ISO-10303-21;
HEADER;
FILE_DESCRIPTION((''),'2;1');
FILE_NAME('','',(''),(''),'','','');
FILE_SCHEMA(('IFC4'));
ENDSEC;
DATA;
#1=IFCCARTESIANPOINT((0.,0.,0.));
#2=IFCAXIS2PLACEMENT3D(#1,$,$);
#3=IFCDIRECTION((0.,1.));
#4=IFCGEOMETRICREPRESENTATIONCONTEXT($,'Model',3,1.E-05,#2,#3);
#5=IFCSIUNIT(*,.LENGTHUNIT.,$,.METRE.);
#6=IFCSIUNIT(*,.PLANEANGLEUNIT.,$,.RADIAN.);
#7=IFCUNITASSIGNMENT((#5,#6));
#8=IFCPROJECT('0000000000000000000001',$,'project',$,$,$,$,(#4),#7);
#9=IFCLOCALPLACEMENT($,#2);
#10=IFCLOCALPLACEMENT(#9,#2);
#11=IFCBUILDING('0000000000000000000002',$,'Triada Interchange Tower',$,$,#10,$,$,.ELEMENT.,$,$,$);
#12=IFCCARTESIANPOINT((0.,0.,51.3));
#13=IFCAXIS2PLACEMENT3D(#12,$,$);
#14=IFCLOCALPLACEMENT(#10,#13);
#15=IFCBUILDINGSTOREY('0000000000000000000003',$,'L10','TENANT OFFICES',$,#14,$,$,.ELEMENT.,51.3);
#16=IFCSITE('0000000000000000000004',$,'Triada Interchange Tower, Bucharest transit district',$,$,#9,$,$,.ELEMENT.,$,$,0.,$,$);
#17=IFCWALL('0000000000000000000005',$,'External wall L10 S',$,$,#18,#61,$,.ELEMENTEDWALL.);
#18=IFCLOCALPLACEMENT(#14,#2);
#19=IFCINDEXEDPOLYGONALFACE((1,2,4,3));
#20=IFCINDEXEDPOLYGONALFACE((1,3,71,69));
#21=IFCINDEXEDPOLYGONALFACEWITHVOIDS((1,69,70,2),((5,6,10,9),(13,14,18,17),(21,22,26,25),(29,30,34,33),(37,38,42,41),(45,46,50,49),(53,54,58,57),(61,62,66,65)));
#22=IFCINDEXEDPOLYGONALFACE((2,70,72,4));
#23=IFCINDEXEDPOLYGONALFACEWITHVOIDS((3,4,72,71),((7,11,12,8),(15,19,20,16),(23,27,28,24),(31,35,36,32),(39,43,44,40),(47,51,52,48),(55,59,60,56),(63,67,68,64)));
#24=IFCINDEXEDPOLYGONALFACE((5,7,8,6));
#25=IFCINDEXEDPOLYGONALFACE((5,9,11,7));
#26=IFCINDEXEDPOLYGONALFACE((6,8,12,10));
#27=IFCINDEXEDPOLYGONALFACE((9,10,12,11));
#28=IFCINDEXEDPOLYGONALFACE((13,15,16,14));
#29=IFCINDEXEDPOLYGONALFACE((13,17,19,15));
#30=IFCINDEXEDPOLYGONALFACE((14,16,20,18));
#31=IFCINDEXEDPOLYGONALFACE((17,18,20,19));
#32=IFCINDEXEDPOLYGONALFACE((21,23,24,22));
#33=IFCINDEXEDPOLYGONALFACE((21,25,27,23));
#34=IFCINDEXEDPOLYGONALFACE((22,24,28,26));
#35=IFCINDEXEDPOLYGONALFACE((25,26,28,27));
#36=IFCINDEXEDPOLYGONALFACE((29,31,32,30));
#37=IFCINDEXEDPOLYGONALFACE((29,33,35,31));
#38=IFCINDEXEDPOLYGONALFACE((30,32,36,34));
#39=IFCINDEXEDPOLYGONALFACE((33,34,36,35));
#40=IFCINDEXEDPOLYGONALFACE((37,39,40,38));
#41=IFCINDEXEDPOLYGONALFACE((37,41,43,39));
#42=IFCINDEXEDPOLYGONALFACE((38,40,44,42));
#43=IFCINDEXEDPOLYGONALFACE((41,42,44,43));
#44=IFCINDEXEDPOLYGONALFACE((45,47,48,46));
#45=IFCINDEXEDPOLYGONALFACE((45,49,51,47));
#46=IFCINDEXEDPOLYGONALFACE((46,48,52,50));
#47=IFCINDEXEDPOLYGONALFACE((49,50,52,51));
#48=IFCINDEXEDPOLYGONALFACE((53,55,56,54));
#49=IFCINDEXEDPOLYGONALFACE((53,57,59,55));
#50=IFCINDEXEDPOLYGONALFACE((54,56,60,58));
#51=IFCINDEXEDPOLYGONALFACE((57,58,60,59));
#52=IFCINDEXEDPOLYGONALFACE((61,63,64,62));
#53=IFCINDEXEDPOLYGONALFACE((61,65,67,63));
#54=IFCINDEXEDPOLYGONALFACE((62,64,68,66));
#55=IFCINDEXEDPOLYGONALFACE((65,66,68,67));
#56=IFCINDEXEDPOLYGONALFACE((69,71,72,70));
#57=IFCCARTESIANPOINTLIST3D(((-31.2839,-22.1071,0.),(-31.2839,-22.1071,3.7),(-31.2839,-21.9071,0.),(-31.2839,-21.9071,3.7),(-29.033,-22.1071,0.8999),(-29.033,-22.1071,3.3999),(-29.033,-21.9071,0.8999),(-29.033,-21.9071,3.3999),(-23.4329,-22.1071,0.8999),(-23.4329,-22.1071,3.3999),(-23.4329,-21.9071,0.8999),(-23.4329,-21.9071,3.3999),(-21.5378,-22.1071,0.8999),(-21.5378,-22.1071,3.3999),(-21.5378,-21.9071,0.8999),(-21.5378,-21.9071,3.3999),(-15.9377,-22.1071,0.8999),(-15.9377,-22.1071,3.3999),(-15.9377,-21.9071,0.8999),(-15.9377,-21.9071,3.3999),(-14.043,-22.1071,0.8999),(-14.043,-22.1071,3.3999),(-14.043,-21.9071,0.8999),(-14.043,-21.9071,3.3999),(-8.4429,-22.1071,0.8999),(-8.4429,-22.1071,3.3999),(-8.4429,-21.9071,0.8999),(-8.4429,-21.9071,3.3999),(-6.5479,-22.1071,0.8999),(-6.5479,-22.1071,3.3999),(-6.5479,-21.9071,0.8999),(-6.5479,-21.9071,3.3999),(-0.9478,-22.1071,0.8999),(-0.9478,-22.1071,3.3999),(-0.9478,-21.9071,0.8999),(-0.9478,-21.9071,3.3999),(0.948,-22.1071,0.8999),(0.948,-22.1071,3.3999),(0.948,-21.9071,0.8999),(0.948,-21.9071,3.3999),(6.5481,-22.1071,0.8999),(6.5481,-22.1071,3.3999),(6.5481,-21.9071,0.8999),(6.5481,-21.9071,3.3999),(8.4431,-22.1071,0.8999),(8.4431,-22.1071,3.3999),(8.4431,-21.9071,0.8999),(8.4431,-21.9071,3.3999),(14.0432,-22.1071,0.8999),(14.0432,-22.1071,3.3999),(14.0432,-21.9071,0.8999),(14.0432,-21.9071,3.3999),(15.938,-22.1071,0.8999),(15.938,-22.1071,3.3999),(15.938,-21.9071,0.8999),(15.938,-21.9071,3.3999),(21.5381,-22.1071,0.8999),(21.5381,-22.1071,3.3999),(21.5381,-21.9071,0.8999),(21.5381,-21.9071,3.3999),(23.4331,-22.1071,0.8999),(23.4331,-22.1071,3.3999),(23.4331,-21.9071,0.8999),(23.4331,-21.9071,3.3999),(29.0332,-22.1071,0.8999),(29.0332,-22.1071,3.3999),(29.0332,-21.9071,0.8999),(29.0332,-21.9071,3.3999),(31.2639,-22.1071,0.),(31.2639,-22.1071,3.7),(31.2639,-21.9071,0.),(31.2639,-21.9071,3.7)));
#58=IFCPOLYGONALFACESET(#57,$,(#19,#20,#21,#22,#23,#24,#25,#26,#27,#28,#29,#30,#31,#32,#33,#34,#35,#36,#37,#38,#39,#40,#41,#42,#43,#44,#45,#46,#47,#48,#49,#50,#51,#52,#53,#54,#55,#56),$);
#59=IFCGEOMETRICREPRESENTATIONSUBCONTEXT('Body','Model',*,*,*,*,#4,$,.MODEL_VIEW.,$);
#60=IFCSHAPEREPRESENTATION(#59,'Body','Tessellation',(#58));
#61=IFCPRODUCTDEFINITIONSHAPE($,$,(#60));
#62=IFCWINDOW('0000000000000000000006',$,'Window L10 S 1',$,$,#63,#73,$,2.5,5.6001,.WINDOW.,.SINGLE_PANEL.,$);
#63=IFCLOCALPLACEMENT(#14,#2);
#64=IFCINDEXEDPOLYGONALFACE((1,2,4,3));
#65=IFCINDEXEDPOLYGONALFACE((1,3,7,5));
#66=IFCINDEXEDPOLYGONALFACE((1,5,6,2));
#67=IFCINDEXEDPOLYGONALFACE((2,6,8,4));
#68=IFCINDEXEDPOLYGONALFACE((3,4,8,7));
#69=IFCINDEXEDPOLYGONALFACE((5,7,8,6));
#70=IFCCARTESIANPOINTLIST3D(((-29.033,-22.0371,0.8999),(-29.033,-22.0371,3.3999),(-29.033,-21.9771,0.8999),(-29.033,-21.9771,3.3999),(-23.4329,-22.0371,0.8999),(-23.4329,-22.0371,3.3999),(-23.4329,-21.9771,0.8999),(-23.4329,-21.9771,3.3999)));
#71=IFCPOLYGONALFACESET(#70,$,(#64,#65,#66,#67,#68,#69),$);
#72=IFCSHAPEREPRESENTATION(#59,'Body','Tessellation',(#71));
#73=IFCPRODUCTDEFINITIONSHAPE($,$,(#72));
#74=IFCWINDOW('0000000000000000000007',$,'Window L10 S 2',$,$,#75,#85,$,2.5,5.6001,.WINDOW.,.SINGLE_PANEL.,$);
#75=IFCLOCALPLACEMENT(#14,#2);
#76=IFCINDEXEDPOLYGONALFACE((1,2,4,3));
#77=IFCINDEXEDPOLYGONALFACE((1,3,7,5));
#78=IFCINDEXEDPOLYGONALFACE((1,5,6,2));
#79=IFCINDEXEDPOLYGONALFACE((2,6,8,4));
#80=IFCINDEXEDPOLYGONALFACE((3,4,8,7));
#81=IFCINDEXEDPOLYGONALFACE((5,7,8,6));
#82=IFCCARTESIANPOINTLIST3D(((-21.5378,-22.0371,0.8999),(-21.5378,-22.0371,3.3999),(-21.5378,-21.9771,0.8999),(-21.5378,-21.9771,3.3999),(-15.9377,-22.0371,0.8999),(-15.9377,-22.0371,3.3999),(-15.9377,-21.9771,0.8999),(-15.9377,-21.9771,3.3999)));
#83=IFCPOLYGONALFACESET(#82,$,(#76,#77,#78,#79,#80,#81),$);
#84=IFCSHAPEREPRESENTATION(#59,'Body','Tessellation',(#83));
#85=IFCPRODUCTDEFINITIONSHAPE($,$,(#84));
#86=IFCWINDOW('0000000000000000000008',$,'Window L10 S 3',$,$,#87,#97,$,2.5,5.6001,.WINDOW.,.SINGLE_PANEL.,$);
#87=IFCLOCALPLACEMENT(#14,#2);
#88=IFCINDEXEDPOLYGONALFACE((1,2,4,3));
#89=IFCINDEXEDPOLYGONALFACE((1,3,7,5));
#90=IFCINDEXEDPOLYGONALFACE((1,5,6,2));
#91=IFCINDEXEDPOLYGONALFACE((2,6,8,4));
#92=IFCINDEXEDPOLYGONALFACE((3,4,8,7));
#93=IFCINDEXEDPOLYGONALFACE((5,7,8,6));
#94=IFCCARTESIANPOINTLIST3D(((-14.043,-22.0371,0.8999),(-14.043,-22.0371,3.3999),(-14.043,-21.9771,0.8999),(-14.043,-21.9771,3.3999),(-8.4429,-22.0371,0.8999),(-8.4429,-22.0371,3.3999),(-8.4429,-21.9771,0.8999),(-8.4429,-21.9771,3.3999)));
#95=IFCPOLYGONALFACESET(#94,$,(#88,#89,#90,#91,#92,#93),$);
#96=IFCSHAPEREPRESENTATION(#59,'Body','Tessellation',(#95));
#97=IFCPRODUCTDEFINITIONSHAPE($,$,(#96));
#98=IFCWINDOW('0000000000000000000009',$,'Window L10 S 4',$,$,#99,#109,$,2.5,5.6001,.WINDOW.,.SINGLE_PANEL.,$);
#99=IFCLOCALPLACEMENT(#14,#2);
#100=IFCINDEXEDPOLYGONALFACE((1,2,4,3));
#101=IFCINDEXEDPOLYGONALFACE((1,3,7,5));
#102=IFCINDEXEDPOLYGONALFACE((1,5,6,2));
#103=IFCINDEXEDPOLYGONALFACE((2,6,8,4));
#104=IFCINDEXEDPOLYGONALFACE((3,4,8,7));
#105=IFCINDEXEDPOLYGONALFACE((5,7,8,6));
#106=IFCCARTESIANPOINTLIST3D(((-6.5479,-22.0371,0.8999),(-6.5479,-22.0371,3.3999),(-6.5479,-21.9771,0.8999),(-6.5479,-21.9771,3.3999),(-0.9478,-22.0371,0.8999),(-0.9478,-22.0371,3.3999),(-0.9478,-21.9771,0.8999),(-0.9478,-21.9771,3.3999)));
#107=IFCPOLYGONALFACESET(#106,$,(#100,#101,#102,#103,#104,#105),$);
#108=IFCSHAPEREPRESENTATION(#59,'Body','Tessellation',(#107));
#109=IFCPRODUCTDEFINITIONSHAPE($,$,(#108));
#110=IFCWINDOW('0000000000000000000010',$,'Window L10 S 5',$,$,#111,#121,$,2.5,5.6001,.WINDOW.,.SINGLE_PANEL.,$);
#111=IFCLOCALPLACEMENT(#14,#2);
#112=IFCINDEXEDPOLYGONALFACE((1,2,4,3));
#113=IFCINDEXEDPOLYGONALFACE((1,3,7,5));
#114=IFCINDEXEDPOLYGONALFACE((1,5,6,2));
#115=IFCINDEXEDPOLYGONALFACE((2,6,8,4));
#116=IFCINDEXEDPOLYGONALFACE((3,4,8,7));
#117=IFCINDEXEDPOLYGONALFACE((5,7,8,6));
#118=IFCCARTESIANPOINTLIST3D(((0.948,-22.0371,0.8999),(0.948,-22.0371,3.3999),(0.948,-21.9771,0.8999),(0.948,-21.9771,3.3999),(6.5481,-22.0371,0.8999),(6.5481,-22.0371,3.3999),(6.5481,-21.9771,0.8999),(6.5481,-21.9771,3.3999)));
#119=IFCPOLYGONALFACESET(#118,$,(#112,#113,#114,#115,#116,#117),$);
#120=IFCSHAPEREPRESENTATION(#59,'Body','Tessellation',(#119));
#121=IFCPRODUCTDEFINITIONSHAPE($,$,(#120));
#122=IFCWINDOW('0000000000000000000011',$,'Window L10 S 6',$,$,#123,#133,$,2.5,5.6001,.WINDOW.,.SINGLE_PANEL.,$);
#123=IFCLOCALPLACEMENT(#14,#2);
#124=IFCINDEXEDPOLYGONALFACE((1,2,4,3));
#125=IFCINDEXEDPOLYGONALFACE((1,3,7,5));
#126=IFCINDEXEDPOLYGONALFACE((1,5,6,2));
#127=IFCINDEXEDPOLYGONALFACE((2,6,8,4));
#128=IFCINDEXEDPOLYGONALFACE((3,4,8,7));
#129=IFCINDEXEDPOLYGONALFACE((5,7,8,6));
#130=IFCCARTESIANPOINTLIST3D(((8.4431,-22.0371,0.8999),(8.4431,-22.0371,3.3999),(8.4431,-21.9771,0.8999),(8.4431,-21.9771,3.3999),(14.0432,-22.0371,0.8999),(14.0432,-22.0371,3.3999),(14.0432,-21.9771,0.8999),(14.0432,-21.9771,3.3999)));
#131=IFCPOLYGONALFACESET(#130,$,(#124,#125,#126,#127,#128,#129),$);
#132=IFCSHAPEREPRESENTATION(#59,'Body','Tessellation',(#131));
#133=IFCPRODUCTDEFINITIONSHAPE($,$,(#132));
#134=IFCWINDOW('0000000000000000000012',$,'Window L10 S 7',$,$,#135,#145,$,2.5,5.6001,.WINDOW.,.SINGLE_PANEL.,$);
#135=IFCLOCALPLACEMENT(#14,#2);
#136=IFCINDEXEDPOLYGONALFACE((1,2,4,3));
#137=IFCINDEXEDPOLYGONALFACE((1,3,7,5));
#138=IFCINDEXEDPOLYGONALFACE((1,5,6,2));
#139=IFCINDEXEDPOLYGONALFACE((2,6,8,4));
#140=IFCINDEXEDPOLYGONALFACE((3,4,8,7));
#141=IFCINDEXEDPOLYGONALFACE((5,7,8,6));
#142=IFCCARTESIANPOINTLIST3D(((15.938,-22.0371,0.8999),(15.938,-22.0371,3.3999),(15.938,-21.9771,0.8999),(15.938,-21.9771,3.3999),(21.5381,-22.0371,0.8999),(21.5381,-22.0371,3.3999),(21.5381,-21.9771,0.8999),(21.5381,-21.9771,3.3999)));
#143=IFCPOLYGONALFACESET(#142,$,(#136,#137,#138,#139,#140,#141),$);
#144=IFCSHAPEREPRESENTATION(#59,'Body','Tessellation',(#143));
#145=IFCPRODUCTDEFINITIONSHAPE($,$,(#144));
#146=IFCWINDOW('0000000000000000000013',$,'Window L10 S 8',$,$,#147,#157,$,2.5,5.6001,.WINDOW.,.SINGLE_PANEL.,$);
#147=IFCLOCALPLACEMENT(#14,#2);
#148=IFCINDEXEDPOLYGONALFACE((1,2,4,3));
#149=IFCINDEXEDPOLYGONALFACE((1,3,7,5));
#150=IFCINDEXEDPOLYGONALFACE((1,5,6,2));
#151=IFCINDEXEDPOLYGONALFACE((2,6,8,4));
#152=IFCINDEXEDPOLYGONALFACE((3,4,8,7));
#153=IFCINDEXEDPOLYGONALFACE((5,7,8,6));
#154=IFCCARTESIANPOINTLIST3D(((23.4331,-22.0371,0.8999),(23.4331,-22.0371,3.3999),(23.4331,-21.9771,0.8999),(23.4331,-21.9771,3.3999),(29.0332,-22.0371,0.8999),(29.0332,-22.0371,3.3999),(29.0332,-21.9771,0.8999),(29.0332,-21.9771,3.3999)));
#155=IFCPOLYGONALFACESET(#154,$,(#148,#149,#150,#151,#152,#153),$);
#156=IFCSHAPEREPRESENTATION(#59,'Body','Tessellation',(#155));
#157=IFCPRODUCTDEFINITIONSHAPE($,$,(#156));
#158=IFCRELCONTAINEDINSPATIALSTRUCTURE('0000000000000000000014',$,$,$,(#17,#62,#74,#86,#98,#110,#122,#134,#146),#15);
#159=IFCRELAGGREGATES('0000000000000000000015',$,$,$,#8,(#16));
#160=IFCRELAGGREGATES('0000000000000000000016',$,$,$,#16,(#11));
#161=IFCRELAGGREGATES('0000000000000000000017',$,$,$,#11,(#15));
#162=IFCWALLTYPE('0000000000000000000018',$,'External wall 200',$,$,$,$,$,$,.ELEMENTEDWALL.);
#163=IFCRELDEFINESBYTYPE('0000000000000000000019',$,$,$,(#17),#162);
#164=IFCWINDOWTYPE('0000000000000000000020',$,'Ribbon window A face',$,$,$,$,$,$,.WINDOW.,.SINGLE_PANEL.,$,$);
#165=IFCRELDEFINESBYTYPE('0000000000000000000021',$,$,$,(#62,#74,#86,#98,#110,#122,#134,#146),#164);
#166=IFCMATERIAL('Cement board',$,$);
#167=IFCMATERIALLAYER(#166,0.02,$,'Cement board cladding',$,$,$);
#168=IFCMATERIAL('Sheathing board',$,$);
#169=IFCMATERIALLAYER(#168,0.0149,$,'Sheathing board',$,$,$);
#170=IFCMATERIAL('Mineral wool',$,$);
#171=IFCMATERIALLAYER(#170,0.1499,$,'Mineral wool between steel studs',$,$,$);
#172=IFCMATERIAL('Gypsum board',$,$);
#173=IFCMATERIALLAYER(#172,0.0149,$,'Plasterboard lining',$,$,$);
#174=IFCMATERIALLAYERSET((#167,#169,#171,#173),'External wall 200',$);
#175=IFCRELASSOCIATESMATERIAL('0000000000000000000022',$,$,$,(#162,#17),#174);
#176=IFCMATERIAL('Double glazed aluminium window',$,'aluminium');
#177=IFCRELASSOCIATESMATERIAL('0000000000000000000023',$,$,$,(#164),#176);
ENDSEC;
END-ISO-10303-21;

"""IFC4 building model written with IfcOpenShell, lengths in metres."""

from ifc_helpers import new_model, si_unit, direction, frame, frame_2d, origin, place, context, subcontext, project, spatial, rectangle, extrude, material, layer, layer_set, layer_usage, type_object, element, fill, save


model = new_model("IFC4")

# Units and contexts
model_context = context("Model", 3, precision=1e-05, world=origin(), true_north=direction((0.0, 1.0)))
body_context = subcontext(model_context, "Body", "Model", "MODEL_VIEW")
ifc_project = project(units=[si_unit("LENGTHUNIT", "METRE"), si_unit("PLANEANGLEUNIT", "RADIAN")], contexts=[model_context])

# Site, building, storey
site_placement = place(None, origin())
site = spatial("IfcSite", under=ifc_project, at=site_placement, Name="Triada Interchange Tower, Bucharest transit district", CompositionType="ELEMENT", RefElevation=0.0)
building_placement = place(site_placement, origin())
building = spatial("IfcBuilding", under=site, at=building_placement, Name="Triada Interchange Tower", CompositionType="ELEMENT")
storey_placement = place(building_placement, frame((0.0, 0.0, 51.3)))
storey = spatial("IfcBuildingStorey", under=building, at=storey_placement, Name="L10", Description="TENANT OFFICES", CompositionType="ELEMENT", Elevation=51.3)

# Shared definitions
ifc_material_1 = material(Name="Cement board")
ifc_layer_1 = layer(ifc_material_1, 0.02, Name="Cement board cladding")
ifc_material_2 = material(Name="Sheathing board")
ifc_layer_2 = layer(ifc_material_2, 0.0149, Name="Sheathing board")
ifc_material_3 = material(Name="Mineral wool")
ifc_layer_3 = layer(ifc_material_3, 0.1499, Name="Mineral wool between steel studs")
ifc_material_4 = material(Name="Gypsum board")
ifc_layer_4 = layer(ifc_material_4, 0.0149, Name="Plasterboard lining")
ifc_layer_set_1 = layer_set([ifc_layer_1, ifc_layer_2, ifc_layer_3, ifc_layer_4], Name="External wall 200")
ifc_layer_usage = layer_usage(ifc_layer_set_1, "AXIS2", "POSITIVE", -0.1001)
wall_type_1 = type_object("IfcWallType", Name="External wall 200", PredefinedType="ELEMENTEDWALL", material=ifc_layer_set_1)
ifc_material_5 = material(Name="Double glazed aluminium window", Category="aluminium")

# Wall, openings, windows
wall_1_placement = place(storey_placement, frame((-31.2839, -22.0071, 0.0), z_axis=(0.0, 0.0, 1.0), x_axis=(1.0, 0.0, 0.0)))
wall_1 = element("IfcWall", 1, at=wall_1_placement, inside=storey, type_object=wall_type_1, material=ifc_layer_usage, Name="External wall L10 S", PredefinedType="ELEMENTEDWALL", context=body_context, shape_type="SweptSolid", body=[
    extrude(rectangle(XDim=62.5479, YDim=0.2, at=frame_2d((31.2739, 0.0))), origin(), (0.0, 0.0, 1.0), 3.7),
])
opening_1_placement = place(wall_1_placement, frame((2.251, 0.0, 0.8999)))
opening_1 = element("IfcOpeningElement", 2, at=opening_1_placement, cuts=wall_1, PredefinedType="OPENING", context=body_context, shape_type="SweptSolid", body=[
    extrude(rectangle(XDim=5.6001, YDim=2.5, at=frame_2d((2.8, 1.25))), frame((0.0, 0.1099, 0.0), z_axis=(0.0, -1.0, 0.0), x_axis=(1.0, 0.0, 0.0)), (0.0, 0.0, 1.0), 0.22),
])
opening_2_placement = place(wall_1_placement, frame((9.7461, 0.0, 0.8999)))
opening_2 = element("IfcOpeningElement", 3, at=opening_2_placement, cuts=wall_1, PredefinedType="OPENING", context=body_context, shape_type="SweptSolid", body=[
    extrude(rectangle(XDim=5.6001, YDim=2.5, at=frame_2d((2.8, 1.25))), frame((0.0, 0.1099, 0.0), z_axis=(0.0, -1.0, 0.0), x_axis=(1.0, 0.0, 0.0)), (0.0, 0.0, 1.0), 0.22),
])
opening_3_placement = place(wall_1_placement, frame((17.241, 0.0, 0.8999)))
opening_3 = element("IfcOpeningElement", 4, at=opening_3_placement, cuts=wall_1, PredefinedType="OPENING", context=body_context, shape_type="SweptSolid", body=[
    extrude(rectangle(XDim=5.6001, YDim=2.5, at=frame_2d((2.8, 1.25))), frame((0.0, 0.1099, 0.0), z_axis=(0.0, -1.0, 0.0), x_axis=(1.0, 0.0, 0.0)), (0.0, 0.0, 1.0), 0.22),
])
opening_4_placement = place(wall_1_placement, frame((24.7361, 0.0, 0.8999)))
opening_4 = element("IfcOpeningElement", 5, at=opening_4_placement, cuts=wall_1, PredefinedType="OPENING", context=body_context, shape_type="SweptSolid", body=[
    extrude(rectangle(XDim=5.6001, YDim=2.5, at=frame_2d((2.8, 1.25))), frame((0.0, 0.1099, 0.0), z_axis=(0.0, -1.0, 0.0), x_axis=(1.0, 0.0, 0.0)), (0.0, 0.0, 1.0), 0.22),
])
opening_5_placement = place(wall_1_placement, frame((32.2319, 0.0, 0.8999)))
opening_5 = element("IfcOpeningElement", 6, at=opening_5_placement, cuts=wall_1, PredefinedType="OPENING", context=body_context, shape_type="SweptSolid", body=[
    extrude(rectangle(XDim=5.6001, YDim=2.5, at=frame_2d((2.8, 1.25))), frame((0.0, 0.1099, 0.0), z_axis=(0.0, -1.0, 0.0), x_axis=(1.0, 0.0, 0.0)), (0.0, 0.0, 1.0), 0.22),
])
opening_6_placement = place(wall_1_placement, frame((39.7271, 0.0, 0.8999)))
opening_6 = element("IfcOpeningElement", 7, at=opening_6_placement, cuts=wall_1, PredefinedType="OPENING", context=body_context, shape_type="SweptSolid", body=[
    extrude(rectangle(XDim=5.6001, YDim=2.5, at=frame_2d((2.8, 1.25))), frame((0.0, 0.1099, 0.0), z_axis=(0.0, -1.0, 0.0), x_axis=(1.0, 0.0, 0.0)), (0.0, 0.0, 1.0), 0.22),
])
opening_7_placement = place(wall_1_placement, frame((47.2219, 0.0, 0.8999)))
opening_7 = element("IfcOpeningElement", 8, at=opening_7_placement, cuts=wall_1, PredefinedType="OPENING", context=body_context, shape_type="SweptSolid", body=[
    extrude(rectangle(XDim=5.6001, YDim=2.5, at=frame_2d((2.8, 1.25))), frame((0.0, 0.1099, 0.0), z_axis=(0.0, -1.0, 0.0), x_axis=(1.0, 0.0, 0.0)), (0.0, 0.0, 1.0), 0.22),
])
opening_8_placement = place(wall_1_placement, frame((54.717, 0.0, 0.8999)))
opening_8 = element("IfcOpeningElement", 9, at=opening_8_placement, cuts=wall_1, PredefinedType="OPENING", context=body_context, shape_type="SweptSolid", body=[
    extrude(rectangle(XDim=5.6001, YDim=2.5, at=frame_2d((2.8, 1.25))), frame((0.0, 0.1099, 0.0), z_axis=(0.0, -1.0, 0.0), x_axis=(1.0, 0.0, 0.0)), (0.0, 0.0, 1.0), 0.22),
])
window_type_1 = type_object("IfcWindowType", Name="Ribbon window A face", PartitioningType="SINGLE_PANEL", PredefinedType="WINDOW", material=ifc_material_5)
window_1_placement = place(opening_1_placement, origin())
window_1 = element("IfcWindow", 10, at=window_1_placement, inside=storey, type_object=window_type_1, Name="Window L10 S 1", OverallHeight=2.5, OverallWidth=5.6001, PartitioningType="SINGLE_PANEL", PredefinedType="WINDOW", context=body_context, shape_type="SweptSolid", body=[
    extrude(rectangle(XDim=5.6001, YDim=2.5, at=frame_2d((2.8, 1.25))), frame((0.0, 0.03, 0.0), z_axis=(0.0, -1.0, 0.0), x_axis=(1.0, 0.0, 0.0)), (0.0, 0.0, 1.0), 0.0601),
])
fill(opening_1, window_1)
window_2_placement = place(opening_2_placement, origin())
window_2 = element("IfcWindow", 11, at=window_2_placement, inside=storey, type_object=window_type_1, Name="Window L10 S 2", OverallHeight=2.5, OverallWidth=5.6001, PartitioningType="SINGLE_PANEL", PredefinedType="WINDOW", context=body_context, shape_type="SweptSolid", body=[
    extrude(rectangle(XDim=5.6001, YDim=2.5, at=frame_2d((2.8, 1.25))), frame((0.0, 0.03, 0.0), z_axis=(0.0, -1.0, 0.0), x_axis=(1.0, 0.0, 0.0)), (0.0, 0.0, 1.0), 0.0601),
])
fill(opening_2, window_2)
window_3_placement = place(opening_3_placement, origin())
window_3 = element("IfcWindow", 12, at=window_3_placement, inside=storey, type_object=window_type_1, Name="Window L10 S 3", OverallHeight=2.5, OverallWidth=5.6001, PartitioningType="SINGLE_PANEL", PredefinedType="WINDOW", context=body_context, shape_type="SweptSolid", body=[
    extrude(rectangle(XDim=5.6001, YDim=2.5, at=frame_2d((2.8, 1.25))), frame((0.0, 0.03, 0.0), z_axis=(0.0, -1.0, 0.0), x_axis=(1.0, 0.0, 0.0)), (0.0, 0.0, 1.0), 0.0601),
])
fill(opening_3, window_3)
window_4_placement = place(opening_4_placement, origin())
window_4 = element("IfcWindow", 13, at=window_4_placement, inside=storey, type_object=window_type_1, Name="Window L10 S 4", OverallHeight=2.5, OverallWidth=5.6001, PartitioningType="SINGLE_PANEL", PredefinedType="WINDOW", context=body_context, shape_type="SweptSolid", body=[
    extrude(rectangle(XDim=5.6001, YDim=2.5, at=frame_2d((2.8, 1.25))), frame((0.0, 0.03, 0.0), z_axis=(0.0, -1.0, 0.0), x_axis=(1.0, 0.0, 0.0)), (0.0, 0.0, 1.0), 0.0601),
])
fill(opening_4, window_4)
window_5_placement = place(opening_5_placement, origin())
window_5 = element("IfcWindow", 14, at=window_5_placement, inside=storey, type_object=window_type_1, Name="Window L10 S 5", OverallHeight=2.5, OverallWidth=5.6001, PartitioningType="SINGLE_PANEL", PredefinedType="WINDOW", context=body_context, shape_type="SweptSolid", body=[
    extrude(rectangle(XDim=5.6001, YDim=2.5, at=frame_2d((2.8, 1.25))), frame((0.0, 0.03, 0.0), z_axis=(0.0, -1.0, 0.0), x_axis=(1.0, 0.0, 0.0)), (0.0, 0.0, 1.0), 0.0601),
])
fill(opening_5, window_5)
window_6_placement = place(opening_6_placement, origin())
window_6 = element("IfcWindow", 15, at=window_6_placement, inside=storey, type_object=window_type_1, Name="Window L10 S 6", OverallHeight=2.5, OverallWidth=5.6001, PartitioningType="SINGLE_PANEL", PredefinedType="WINDOW", context=body_context, shape_type="SweptSolid", body=[
    extrude(rectangle(XDim=5.6001, YDim=2.5, at=frame_2d((2.8, 1.25))), frame((0.0, 0.03, 0.0), z_axis=(0.0, -1.0, 0.0), x_axis=(1.0, 0.0, 0.0)), (0.0, 0.0, 1.0), 0.0601),
])
fill(opening_6, window_6)
window_7_placement = place(opening_7_placement, origin())
window_7 = element("IfcWindow", 16, at=window_7_placement, inside=storey, type_object=window_type_1, Name="Window L10 S 7", OverallHeight=2.5, OverallWidth=5.6001, PartitioningType="SINGLE_PANEL", PredefinedType="WINDOW", context=body_context, shape_type="SweptSolid", body=[
    extrude(rectangle(XDim=5.6001, YDim=2.5, at=frame_2d((2.8, 1.25))), frame((0.0, 0.03, 0.0), z_axis=(0.0, -1.0, 0.0), x_axis=(1.0, 0.0, 0.0)), (0.0, 0.0, 1.0), 0.0601),
])
fill(opening_7, window_7)
window_8_placement = place(opening_8_placement, origin())
window_8 = element("IfcWindow", 17, at=window_8_placement, inside=storey, type_object=window_type_1, Name="Window L10 S 8", OverallHeight=2.5, OverallWidth=5.6001, PartitioningType="SINGLE_PANEL", PredefinedType="WINDOW", context=body_context, shape_type="SweptSolid", body=[
    extrude(rectangle(XDim=5.6001, YDim=2.5, at=frame_2d((2.8, 1.25))), frame((0.0, 0.03, 0.0), z_axis=(0.0, -1.0, 0.0), x_axis=(1.0, 0.0, 0.0)), (0.0, 0.0, 1.0), 0.0601),
])
fill(opening_8, window_8)

save(model, "model.ifc")
